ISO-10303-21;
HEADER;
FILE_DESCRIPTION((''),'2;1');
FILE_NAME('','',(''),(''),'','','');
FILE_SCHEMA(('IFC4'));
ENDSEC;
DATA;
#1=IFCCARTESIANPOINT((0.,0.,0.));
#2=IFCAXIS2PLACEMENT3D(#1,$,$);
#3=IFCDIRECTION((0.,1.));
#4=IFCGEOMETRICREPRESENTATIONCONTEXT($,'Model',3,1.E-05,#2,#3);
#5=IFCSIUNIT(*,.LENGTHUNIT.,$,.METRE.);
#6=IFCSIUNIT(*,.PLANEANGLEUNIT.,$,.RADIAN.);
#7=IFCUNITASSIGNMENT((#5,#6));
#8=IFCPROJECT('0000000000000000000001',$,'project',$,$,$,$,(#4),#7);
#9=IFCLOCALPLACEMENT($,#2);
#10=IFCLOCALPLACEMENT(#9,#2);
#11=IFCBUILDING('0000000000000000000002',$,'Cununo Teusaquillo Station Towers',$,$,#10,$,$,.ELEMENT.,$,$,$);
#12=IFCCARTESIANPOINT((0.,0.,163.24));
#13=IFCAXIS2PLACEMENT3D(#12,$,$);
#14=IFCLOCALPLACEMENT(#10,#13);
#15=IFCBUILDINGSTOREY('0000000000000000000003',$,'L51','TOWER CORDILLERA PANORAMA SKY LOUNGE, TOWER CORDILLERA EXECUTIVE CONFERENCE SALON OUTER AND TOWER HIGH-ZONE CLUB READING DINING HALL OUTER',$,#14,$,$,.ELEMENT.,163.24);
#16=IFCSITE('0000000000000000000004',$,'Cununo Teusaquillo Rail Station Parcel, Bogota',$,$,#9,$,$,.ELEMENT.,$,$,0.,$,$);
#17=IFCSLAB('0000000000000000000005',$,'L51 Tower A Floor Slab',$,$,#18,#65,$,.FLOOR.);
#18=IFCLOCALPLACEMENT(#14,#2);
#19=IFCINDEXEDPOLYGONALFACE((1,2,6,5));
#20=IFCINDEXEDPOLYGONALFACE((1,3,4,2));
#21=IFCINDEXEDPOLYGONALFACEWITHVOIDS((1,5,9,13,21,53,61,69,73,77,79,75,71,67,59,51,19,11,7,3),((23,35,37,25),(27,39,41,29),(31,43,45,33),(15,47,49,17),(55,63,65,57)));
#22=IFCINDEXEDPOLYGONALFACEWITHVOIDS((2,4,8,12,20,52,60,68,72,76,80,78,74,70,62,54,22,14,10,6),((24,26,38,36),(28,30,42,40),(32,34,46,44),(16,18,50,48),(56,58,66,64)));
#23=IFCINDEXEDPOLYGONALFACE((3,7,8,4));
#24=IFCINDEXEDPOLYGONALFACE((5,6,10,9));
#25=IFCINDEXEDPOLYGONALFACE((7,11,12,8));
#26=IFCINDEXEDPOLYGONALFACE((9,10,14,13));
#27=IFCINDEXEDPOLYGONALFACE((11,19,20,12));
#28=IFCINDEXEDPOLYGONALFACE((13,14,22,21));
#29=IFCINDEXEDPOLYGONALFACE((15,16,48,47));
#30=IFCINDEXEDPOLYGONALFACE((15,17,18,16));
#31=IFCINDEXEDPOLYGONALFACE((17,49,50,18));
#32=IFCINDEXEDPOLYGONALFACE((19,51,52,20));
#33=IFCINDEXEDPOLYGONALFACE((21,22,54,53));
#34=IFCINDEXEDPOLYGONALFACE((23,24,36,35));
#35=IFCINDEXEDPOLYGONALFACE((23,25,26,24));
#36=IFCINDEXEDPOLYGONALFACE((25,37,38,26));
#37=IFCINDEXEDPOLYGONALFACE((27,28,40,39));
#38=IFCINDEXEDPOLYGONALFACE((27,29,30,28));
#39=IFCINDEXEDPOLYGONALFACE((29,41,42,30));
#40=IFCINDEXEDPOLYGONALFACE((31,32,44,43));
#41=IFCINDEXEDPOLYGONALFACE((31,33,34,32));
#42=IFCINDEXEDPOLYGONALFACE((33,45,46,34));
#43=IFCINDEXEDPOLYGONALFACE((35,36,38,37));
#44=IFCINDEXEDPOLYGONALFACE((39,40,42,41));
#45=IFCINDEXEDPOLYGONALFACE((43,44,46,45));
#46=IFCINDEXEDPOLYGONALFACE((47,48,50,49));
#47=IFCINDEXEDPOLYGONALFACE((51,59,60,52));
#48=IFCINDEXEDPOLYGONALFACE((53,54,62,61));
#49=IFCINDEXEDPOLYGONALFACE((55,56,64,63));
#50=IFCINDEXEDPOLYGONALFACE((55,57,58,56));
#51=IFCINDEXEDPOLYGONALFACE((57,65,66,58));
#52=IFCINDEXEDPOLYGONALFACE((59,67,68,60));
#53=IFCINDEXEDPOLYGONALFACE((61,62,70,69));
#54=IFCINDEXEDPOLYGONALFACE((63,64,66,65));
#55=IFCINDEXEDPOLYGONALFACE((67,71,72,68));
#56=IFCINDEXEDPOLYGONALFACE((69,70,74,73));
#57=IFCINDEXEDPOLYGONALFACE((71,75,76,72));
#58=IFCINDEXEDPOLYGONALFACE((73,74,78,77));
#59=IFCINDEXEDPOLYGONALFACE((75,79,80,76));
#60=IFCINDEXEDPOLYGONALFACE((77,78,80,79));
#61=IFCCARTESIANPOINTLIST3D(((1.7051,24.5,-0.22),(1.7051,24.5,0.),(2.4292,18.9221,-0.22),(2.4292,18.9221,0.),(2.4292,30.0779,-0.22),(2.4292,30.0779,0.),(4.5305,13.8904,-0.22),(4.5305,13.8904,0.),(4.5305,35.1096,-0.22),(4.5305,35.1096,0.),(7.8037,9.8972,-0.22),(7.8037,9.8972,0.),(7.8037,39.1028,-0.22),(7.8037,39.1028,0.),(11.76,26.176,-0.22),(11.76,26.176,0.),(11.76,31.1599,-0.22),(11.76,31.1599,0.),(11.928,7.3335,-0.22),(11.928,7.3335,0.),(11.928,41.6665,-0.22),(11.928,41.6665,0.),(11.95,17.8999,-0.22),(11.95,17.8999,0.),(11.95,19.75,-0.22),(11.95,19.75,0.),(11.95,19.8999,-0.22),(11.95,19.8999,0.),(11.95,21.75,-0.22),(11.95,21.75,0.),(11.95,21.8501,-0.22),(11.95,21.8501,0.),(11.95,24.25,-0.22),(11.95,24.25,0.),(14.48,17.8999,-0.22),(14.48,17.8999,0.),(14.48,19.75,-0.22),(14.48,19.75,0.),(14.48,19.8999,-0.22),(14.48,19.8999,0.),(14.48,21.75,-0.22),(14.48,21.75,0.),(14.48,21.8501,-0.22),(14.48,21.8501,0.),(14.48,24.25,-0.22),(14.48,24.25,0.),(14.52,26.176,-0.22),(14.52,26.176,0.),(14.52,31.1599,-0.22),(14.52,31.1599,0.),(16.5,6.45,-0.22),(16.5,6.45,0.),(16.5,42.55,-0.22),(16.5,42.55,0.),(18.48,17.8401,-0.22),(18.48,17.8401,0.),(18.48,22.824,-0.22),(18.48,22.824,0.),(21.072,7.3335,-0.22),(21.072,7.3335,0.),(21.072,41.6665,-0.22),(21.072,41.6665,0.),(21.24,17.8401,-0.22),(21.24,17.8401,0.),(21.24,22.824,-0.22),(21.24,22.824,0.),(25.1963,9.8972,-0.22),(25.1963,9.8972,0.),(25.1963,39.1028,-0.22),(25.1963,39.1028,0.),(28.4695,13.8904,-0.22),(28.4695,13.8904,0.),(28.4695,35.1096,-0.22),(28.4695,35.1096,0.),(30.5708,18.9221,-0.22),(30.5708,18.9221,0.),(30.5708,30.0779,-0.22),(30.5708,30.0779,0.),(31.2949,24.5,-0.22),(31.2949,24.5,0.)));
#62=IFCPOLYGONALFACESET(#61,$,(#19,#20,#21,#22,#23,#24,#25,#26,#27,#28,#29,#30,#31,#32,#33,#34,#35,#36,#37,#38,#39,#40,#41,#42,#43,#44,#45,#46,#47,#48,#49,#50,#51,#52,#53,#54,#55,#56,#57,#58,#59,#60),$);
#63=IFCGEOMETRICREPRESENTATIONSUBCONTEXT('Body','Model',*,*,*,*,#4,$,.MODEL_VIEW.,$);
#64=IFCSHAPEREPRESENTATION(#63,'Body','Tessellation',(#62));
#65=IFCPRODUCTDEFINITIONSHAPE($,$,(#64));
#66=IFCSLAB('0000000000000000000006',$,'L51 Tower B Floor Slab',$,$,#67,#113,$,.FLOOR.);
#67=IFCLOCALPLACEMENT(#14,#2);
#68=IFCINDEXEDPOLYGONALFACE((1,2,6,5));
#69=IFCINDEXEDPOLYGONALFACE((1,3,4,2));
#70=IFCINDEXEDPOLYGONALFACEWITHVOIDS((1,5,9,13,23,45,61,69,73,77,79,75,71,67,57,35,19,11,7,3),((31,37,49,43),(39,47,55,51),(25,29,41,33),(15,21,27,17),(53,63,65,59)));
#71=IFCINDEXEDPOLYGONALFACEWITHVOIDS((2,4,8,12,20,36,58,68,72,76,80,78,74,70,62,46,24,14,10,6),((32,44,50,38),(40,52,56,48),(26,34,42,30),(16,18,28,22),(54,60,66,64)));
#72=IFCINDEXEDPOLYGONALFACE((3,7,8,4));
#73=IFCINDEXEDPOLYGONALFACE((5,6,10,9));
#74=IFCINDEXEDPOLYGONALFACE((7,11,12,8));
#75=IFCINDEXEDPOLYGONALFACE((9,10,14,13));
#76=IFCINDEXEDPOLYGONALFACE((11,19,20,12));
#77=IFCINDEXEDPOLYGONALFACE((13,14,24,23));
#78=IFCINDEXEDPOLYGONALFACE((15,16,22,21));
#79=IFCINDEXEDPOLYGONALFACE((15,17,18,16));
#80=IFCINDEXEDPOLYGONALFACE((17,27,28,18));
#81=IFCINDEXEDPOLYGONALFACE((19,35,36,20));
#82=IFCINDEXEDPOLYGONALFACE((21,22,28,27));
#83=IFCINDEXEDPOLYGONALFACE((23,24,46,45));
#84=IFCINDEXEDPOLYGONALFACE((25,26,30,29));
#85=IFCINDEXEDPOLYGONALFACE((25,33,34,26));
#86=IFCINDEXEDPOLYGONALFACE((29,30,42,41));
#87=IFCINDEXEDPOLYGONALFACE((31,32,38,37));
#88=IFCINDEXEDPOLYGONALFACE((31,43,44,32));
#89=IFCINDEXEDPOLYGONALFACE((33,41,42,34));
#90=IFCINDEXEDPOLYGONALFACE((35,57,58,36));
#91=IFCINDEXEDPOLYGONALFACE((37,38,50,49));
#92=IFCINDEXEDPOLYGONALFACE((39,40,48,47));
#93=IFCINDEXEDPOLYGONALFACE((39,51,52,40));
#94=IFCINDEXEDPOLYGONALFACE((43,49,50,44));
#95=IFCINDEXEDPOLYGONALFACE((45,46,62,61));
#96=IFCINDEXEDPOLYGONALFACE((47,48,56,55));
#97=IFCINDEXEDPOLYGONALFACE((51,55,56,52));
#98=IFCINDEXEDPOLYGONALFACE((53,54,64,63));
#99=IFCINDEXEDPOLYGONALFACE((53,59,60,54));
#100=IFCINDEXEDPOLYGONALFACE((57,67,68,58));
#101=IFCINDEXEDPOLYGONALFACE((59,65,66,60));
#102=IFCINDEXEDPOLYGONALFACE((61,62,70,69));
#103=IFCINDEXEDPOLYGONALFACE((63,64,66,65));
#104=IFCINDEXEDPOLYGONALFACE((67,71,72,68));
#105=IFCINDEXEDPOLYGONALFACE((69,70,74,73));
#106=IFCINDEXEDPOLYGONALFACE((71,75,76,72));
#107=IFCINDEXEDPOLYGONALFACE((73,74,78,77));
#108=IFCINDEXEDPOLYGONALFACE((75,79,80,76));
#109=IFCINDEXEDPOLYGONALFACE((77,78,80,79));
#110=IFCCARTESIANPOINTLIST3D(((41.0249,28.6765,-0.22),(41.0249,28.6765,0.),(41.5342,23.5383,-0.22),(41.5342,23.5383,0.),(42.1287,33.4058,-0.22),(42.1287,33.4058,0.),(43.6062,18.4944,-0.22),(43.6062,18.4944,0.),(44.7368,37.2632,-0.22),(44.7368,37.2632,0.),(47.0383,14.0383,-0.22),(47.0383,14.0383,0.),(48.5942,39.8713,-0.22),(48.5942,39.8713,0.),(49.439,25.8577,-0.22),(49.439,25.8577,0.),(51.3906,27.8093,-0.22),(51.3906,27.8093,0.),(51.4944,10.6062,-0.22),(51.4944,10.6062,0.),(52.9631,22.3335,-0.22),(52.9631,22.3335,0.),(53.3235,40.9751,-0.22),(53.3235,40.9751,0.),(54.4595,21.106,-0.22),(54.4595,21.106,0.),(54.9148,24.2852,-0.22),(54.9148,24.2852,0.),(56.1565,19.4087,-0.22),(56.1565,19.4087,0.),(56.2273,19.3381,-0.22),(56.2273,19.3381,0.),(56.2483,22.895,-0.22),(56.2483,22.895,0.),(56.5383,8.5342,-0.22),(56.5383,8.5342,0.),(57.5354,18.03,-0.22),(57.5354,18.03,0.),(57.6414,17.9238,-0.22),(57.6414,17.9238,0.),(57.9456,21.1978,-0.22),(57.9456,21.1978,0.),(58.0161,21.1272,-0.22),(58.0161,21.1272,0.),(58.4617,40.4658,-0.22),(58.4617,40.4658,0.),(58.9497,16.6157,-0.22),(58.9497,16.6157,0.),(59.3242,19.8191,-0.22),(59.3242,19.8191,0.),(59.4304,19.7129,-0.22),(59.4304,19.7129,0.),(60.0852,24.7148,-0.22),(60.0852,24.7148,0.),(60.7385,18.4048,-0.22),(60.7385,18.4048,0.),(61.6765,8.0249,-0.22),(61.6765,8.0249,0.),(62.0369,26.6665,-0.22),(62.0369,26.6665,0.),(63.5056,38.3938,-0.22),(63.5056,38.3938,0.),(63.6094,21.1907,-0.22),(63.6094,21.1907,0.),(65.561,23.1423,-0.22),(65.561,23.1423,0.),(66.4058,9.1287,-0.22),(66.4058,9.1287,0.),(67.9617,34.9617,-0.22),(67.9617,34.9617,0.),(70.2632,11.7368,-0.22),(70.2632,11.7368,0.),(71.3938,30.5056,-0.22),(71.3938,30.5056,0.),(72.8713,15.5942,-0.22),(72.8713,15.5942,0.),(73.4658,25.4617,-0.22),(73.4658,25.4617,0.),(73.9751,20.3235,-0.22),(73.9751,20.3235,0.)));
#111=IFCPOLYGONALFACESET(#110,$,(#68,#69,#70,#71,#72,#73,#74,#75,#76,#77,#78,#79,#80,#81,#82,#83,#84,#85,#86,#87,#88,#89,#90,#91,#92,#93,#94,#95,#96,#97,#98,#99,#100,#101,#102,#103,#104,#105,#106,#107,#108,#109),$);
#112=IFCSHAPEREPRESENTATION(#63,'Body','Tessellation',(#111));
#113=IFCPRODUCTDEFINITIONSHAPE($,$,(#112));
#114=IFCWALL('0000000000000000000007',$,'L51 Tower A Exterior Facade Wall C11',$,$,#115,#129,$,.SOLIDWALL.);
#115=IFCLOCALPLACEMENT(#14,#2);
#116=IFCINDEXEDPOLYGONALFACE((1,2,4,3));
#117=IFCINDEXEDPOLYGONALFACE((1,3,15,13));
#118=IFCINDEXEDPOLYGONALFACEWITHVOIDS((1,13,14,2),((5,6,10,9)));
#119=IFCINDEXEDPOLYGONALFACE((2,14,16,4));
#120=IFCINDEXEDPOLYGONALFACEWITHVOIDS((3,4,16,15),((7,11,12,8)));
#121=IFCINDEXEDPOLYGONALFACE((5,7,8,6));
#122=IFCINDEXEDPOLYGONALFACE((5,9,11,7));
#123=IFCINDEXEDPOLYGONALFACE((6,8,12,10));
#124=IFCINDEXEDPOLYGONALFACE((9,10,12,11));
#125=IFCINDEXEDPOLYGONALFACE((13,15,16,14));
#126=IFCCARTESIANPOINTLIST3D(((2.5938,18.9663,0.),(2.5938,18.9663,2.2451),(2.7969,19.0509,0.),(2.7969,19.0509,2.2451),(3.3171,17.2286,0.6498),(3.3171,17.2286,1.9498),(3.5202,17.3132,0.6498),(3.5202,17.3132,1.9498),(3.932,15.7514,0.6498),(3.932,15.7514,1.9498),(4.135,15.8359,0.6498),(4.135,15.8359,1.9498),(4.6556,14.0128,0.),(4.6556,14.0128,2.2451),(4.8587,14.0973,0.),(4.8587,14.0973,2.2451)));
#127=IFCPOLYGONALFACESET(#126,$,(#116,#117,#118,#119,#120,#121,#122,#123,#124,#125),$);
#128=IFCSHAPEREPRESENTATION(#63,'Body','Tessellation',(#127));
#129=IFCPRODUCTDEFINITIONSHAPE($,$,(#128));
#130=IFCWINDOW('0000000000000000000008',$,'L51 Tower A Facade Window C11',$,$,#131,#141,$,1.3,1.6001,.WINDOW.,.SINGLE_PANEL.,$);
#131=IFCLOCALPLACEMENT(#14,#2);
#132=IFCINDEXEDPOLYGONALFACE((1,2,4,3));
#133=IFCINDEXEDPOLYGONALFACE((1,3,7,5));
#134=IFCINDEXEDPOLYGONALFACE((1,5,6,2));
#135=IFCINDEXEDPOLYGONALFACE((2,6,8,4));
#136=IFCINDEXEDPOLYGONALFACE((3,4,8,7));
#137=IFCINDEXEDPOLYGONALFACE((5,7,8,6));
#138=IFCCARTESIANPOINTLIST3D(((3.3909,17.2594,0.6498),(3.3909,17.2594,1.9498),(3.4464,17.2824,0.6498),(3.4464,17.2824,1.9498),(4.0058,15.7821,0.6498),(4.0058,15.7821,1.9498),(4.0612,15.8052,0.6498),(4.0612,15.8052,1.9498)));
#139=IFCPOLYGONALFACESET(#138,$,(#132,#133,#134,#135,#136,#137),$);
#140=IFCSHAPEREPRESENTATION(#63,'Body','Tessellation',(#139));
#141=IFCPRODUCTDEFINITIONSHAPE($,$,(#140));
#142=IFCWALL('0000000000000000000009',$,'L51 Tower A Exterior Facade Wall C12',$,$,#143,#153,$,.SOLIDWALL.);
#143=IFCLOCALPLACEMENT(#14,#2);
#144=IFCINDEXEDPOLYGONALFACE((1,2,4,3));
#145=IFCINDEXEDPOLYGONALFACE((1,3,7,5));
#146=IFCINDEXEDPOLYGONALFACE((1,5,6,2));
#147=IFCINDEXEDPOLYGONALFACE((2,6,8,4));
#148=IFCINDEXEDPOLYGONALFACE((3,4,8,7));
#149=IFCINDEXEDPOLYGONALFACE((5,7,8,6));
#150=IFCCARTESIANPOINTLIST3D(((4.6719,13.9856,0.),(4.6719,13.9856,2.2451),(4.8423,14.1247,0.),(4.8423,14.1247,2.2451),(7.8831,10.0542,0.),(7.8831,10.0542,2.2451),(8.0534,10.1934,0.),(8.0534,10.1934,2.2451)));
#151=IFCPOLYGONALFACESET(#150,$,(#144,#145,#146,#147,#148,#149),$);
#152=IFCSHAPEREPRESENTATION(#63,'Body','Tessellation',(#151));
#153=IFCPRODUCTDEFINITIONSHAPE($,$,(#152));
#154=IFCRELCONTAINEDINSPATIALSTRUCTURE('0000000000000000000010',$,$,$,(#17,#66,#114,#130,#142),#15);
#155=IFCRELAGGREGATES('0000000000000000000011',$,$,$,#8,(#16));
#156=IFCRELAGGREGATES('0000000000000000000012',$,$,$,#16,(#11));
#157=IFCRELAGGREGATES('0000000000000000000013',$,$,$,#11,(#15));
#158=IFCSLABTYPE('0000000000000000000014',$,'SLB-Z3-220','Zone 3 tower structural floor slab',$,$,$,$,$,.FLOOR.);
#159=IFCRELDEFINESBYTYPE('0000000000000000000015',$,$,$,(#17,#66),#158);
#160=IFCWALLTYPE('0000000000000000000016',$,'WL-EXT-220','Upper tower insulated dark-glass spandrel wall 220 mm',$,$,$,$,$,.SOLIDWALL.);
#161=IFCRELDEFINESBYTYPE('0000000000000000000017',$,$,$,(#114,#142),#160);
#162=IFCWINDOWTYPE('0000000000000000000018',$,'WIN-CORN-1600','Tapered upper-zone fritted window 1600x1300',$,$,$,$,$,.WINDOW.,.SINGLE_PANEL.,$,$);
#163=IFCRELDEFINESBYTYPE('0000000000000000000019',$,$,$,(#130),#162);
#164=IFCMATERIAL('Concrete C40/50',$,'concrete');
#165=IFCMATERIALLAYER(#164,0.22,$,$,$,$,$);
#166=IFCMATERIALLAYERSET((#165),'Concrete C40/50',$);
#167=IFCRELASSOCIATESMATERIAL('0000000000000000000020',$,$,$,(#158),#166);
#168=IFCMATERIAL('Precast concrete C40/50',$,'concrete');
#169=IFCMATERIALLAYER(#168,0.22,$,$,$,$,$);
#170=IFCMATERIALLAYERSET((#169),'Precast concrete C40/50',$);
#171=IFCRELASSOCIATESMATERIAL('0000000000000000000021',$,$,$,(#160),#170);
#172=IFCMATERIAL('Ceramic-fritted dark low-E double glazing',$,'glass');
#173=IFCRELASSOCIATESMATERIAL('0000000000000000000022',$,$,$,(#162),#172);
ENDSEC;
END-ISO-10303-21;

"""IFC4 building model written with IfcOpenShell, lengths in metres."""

from ifc_helpers import new_model, si_unit, direction, frame, frame_2d, origin, place, context, subcontext, project, spatial, polyline, rectangle, outline, extrude, source, transform, mapped, material, layer, layer_set, type_object, element, fill, save


model = new_model("IFC4")

# Units and contexts
model_context = context("Model", 3, precision=1e-05, world=origin(), true_north=direction((0.0, 1.0)))
body_context = subcontext(model_context, "Body", "Model", "MODEL_VIEW")
ifc_project = project(units=[si_unit("LENGTHUNIT", "METRE"), si_unit("PLANEANGLEUNIT", "RADIAN")], contexts=[model_context])

# Site, building, storey
site_placement = place(None, origin())
site = spatial("IfcSite", under=ifc_project, at=site_placement, Name="Cununo Teusaquillo Rail Station Parcel, Bogota", CompositionType="ELEMENT", RefElevation=0.0)
building_placement = place(site_placement, origin())
building = spatial("IfcBuilding", under=site, at=building_placement, Name="Cununo Teusaquillo Station Towers", CompositionType="ELEMENT")
storey_placement = place(building_placement, frame((0.0, 0.0, 163.24)))
storey = spatial("IfcBuildingStorey", under=building, at=storey_placement, Name="L51", Description="TOWER CORDILLERA PANORAMA SKY LOUNGE, TOWER CORDILLERA EXECUTIVE CONFERENCE SALON OUTER AND TOWER HIGH-ZONE CLUB READING DINING HALL OUTER", CompositionType="ELEMENT", Elevation=163.24)

# Slabs
ifc_material_1 = material(Name="Concrete C40/50", Category="concrete")
ifc_layer_1 = layer(ifc_material_1, 0.22)
ifc_layer_set_1 = layer_set([ifc_layer_1], Name="Concrete C40/50")
slab_type_1 = type_object("IfcSlabType", Name="SLB-Z3-220", Description="Zone 3 tower structural floor slab", PredefinedType="FLOOR", material=ifc_layer_set_1)
slab_1_placement = place(storey_placement, frame((0.0, 0.0, -0.22)))
element("IfcSlab", 1, at=slab_1_placement, inside=storey, type_object=slab_type_1, Name="L51 Tower A Floor Slab", PredefinedType="FLOOR", context=body_context, shape_type="SweptSolid", body=[
    extrude(outline(polyline([(31.2949, 24.5), (30.5708, 30.0779), (28.4695, 35.1096), (25.1963, 39.1028), (21.072, 41.6665), (16.5, 42.55), (11.928, 41.6665), (7.8037, 39.1028), (4.5305, 35.1096), (2.4292, 30.0779), (1.7051, 24.5), (2.4292, 18.9221), (4.5305, 13.8904), (7.8037, 9.8972), (11.928, 7.3335), (16.5, 6.45), (21.072, 7.3335), (25.1963, 9.8972), (28.4695, 13.8904), (30.5708, 18.9221), (31.2949, 24.5)]), holes=[polyline([(14.52, 26.176), (14.52, 31.1599), (11.76, 31.1599), (11.76, 26.176), (14.52, 26.176)]), polyline([(18.48, 22.824), (18.48, 17.8401), (21.24, 17.8401), (21.24, 22.824), (18.48, 22.824)]), polyline([(11.95, 21.8501), (14.48, 21.8501), (14.48, 24.25), (11.95, 24.25), (11.95, 21.8501)]), polyline([(11.95, 17.8999), (14.48, 17.8999), (14.48, 19.75), (11.95, 19.75), (11.95, 17.8999)]), polyline([(11.95, 19.8999), (14.48, 19.8999), (14.48, 21.75), (11.95, 21.75), (11.95, 19.8999)])]), origin(), (0.0, 0.0, 1.0), 0.22),
])
slab_2_placement = place(storey_placement, frame((0.0, 0.0, -0.22)))
element("IfcSlab", 2, at=slab_2_placement, inside=storey, type_object=slab_type_1, Name="L51 Tower B Floor Slab", PredefinedType="FLOOR", context=body_context, shape_type="SweptSolid", body=[
    extrude(outline(polyline([(67.9617, 34.9617), (63.5056, 38.3938), (58.4617, 40.4658), (53.3235, 40.9751), (48.5942, 39.8713), (44.7368, 37.2632), (42.1287, 33.4058), (41.0249, 28.6765), (41.5342, 23.5383), (43.6062, 18.4944), (47.0383, 14.0383), (51.4944, 10.6062), (56.5383, 8.5342), (61.6765, 8.0249), (66.4058, 9.1287), (70.2632, 11.7368), (72.8713, 15.5942), (73.9751, 20.3235), (73.4658, 25.4617), (71.3938, 30.5056), (67.9617, 34.9617)]), holes=[polyline([(54.9148, 24.2852), (51.3906, 27.8093), (49.439, 25.8577), (52.9631, 22.3335), (54.9148, 24.2852)]), polyline([(60.0852, 24.7148), (63.6094, 21.1907), (65.561, 23.1423), (62.0369, 26.6665), (60.0852, 24.7148)]), polyline([(56.1565, 19.4087), (57.9456, 21.1978), (56.2483, 22.895), (54.4595, 21.106), (56.1565, 19.4087)]), polyline([(58.9497, 16.6157), (60.7385, 18.4048), (59.4304, 19.7129), (57.6414, 17.9238), (58.9497, 16.6157)]), polyline([(57.5354, 18.03), (59.3242, 19.8191), (58.0161, 21.1272), (56.2273, 19.3381), (57.5354, 18.03)])]), origin(), (0.0, 0.0, 1.0), 0.22),
])

# Wall, opening, window
ifc_material_2 = material(Name="Precast concrete C40/50", Category="concrete")
ifc_layer_2 = layer(ifc_material_2, 0.22)
ifc_layer_set_2 = layer_set([ifc_layer_2], Name="Precast concrete C40/50")
wall_type_1 = type_object("IfcWallType", Name="WL-EXT-220", Description="Upper tower insulated dark-glass spandrel wall 220 mm", PredefinedType="SOLIDWALL", material=ifc_layer_set_2)
wall_1_placement = place(storey_placement, frame((4.7571, 14.0552, 0.0), z_axis=(0.0, 0.0, 1.0), x_axis=(-0.38426, 0.923225, 0.0)))
wall_1 = element("IfcWall", 3, at=wall_1_placement, inside=storey, type_object=wall_type_1, Name="L51 Tower A Exterior Facade Wall C11", PredefinedType="SOLIDWALL", context=body_context, shape_type="SweptSolid", body=[
    extrude(rectangle(XDim=5.3655, YDim=0.22, at=frame_2d((2.6826, 0.0))), origin(), (0.0, 0.0, 1.0), 2.2451),
])
shared_shape_1 = source(origin(), body_context, "Body", "SweptSolid", [
    extrude(rectangle(XDim=1.6001, YDim=1.3, at=frame_2d((0.8, 0.6499))), frame((0.0, 0.1199, 0.0), z_axis=(0.0, -1.0, 0.0), x_axis=(1.0, 0.0, 0.0)), (0.0, 0.0, 1.0), 0.24),
])
opening_1_placement = place(wall_1_placement, frame((1.8831, 0.0, 0.6499)))
opening_1 = element("IfcOpeningElement", 4, at=opening_1_placement, cuts=wall_1, PredefinedType="OPENING", context=body_context, shape_type="MappedRepresentation", body=[
    mapped(shared_shape_1, transform((0.0, 0.0, 0.0), x_axis=(1.0, 0.0, 0.0), y_axis=(0.0, 1.0, 0.0), z_axis=(0.0, 0.0, 1.0), scale=1.0)),
])
ifc_material_3 = material(Name="Ceramic-fritted dark low-E double glazing", Category="glass")
window_type = type_object("IfcWindowType", Name="WIN-CORN-1600", Description="Tapered upper-zone fritted window 1600x1300", PartitioningType="SINGLE_PANEL", PredefinedType="WINDOW", material=ifc_material_3)
shared_shape_2 = source(origin(), body_context, "Body", "SweptSolid", [
    extrude(rectangle(XDim=1.6001, YDim=1.3, at=frame_2d((0.8, 0.6499))), frame((0.0, 0.03, 0.0), z_axis=(0.0, -1.0, 0.0), x_axis=(1.0, 0.0, 0.0)), (0.0, 0.0, 1.0), 0.0601),
])
window_1_placement = place(opening_1_placement, origin())
window_1 = element("IfcWindow", 5, at=window_1_placement, inside=storey, type_object=window_type, Name="L51 Tower A Facade Window C11", OverallHeight=1.3, OverallWidth=1.6001, PartitioningType="SINGLE_PANEL", PredefinedType="WINDOW", context=body_context, shape_type="MappedRepresentation", body=[
    mapped(shared_shape_2, transform((0.0, 0.0, 0.0), x_axis=(1.0, 0.0, 0.0), y_axis=(0.0, 1.0, 0.0), z_axis=(0.0, 0.0, 1.0), scale=1.0)),
])
fill(opening_1, window_1)

# Wall
wall_2_placement = place(storey_placement, frame((7.9683, 10.1238, 0.0), z_axis=(0.0, 0.0, 1.0), x_axis=(-0.632599, 0.77448, 0.0)))
element("IfcWall", 6, at=wall_2_placement, inside=storey, type_object=wall_type_1, Name="L51 Tower A Exterior Facade Wall C12", PredefinedType="SOLIDWALL", context=body_context, shape_type="SweptSolid", body=[
    extrude(rectangle(XDim=5.0762, YDim=0.22, at=frame_2d((2.5381, 0.0))), origin(), (0.0, 0.0, 1.0), 2.2451),
])

save(model, "model.ifc")
